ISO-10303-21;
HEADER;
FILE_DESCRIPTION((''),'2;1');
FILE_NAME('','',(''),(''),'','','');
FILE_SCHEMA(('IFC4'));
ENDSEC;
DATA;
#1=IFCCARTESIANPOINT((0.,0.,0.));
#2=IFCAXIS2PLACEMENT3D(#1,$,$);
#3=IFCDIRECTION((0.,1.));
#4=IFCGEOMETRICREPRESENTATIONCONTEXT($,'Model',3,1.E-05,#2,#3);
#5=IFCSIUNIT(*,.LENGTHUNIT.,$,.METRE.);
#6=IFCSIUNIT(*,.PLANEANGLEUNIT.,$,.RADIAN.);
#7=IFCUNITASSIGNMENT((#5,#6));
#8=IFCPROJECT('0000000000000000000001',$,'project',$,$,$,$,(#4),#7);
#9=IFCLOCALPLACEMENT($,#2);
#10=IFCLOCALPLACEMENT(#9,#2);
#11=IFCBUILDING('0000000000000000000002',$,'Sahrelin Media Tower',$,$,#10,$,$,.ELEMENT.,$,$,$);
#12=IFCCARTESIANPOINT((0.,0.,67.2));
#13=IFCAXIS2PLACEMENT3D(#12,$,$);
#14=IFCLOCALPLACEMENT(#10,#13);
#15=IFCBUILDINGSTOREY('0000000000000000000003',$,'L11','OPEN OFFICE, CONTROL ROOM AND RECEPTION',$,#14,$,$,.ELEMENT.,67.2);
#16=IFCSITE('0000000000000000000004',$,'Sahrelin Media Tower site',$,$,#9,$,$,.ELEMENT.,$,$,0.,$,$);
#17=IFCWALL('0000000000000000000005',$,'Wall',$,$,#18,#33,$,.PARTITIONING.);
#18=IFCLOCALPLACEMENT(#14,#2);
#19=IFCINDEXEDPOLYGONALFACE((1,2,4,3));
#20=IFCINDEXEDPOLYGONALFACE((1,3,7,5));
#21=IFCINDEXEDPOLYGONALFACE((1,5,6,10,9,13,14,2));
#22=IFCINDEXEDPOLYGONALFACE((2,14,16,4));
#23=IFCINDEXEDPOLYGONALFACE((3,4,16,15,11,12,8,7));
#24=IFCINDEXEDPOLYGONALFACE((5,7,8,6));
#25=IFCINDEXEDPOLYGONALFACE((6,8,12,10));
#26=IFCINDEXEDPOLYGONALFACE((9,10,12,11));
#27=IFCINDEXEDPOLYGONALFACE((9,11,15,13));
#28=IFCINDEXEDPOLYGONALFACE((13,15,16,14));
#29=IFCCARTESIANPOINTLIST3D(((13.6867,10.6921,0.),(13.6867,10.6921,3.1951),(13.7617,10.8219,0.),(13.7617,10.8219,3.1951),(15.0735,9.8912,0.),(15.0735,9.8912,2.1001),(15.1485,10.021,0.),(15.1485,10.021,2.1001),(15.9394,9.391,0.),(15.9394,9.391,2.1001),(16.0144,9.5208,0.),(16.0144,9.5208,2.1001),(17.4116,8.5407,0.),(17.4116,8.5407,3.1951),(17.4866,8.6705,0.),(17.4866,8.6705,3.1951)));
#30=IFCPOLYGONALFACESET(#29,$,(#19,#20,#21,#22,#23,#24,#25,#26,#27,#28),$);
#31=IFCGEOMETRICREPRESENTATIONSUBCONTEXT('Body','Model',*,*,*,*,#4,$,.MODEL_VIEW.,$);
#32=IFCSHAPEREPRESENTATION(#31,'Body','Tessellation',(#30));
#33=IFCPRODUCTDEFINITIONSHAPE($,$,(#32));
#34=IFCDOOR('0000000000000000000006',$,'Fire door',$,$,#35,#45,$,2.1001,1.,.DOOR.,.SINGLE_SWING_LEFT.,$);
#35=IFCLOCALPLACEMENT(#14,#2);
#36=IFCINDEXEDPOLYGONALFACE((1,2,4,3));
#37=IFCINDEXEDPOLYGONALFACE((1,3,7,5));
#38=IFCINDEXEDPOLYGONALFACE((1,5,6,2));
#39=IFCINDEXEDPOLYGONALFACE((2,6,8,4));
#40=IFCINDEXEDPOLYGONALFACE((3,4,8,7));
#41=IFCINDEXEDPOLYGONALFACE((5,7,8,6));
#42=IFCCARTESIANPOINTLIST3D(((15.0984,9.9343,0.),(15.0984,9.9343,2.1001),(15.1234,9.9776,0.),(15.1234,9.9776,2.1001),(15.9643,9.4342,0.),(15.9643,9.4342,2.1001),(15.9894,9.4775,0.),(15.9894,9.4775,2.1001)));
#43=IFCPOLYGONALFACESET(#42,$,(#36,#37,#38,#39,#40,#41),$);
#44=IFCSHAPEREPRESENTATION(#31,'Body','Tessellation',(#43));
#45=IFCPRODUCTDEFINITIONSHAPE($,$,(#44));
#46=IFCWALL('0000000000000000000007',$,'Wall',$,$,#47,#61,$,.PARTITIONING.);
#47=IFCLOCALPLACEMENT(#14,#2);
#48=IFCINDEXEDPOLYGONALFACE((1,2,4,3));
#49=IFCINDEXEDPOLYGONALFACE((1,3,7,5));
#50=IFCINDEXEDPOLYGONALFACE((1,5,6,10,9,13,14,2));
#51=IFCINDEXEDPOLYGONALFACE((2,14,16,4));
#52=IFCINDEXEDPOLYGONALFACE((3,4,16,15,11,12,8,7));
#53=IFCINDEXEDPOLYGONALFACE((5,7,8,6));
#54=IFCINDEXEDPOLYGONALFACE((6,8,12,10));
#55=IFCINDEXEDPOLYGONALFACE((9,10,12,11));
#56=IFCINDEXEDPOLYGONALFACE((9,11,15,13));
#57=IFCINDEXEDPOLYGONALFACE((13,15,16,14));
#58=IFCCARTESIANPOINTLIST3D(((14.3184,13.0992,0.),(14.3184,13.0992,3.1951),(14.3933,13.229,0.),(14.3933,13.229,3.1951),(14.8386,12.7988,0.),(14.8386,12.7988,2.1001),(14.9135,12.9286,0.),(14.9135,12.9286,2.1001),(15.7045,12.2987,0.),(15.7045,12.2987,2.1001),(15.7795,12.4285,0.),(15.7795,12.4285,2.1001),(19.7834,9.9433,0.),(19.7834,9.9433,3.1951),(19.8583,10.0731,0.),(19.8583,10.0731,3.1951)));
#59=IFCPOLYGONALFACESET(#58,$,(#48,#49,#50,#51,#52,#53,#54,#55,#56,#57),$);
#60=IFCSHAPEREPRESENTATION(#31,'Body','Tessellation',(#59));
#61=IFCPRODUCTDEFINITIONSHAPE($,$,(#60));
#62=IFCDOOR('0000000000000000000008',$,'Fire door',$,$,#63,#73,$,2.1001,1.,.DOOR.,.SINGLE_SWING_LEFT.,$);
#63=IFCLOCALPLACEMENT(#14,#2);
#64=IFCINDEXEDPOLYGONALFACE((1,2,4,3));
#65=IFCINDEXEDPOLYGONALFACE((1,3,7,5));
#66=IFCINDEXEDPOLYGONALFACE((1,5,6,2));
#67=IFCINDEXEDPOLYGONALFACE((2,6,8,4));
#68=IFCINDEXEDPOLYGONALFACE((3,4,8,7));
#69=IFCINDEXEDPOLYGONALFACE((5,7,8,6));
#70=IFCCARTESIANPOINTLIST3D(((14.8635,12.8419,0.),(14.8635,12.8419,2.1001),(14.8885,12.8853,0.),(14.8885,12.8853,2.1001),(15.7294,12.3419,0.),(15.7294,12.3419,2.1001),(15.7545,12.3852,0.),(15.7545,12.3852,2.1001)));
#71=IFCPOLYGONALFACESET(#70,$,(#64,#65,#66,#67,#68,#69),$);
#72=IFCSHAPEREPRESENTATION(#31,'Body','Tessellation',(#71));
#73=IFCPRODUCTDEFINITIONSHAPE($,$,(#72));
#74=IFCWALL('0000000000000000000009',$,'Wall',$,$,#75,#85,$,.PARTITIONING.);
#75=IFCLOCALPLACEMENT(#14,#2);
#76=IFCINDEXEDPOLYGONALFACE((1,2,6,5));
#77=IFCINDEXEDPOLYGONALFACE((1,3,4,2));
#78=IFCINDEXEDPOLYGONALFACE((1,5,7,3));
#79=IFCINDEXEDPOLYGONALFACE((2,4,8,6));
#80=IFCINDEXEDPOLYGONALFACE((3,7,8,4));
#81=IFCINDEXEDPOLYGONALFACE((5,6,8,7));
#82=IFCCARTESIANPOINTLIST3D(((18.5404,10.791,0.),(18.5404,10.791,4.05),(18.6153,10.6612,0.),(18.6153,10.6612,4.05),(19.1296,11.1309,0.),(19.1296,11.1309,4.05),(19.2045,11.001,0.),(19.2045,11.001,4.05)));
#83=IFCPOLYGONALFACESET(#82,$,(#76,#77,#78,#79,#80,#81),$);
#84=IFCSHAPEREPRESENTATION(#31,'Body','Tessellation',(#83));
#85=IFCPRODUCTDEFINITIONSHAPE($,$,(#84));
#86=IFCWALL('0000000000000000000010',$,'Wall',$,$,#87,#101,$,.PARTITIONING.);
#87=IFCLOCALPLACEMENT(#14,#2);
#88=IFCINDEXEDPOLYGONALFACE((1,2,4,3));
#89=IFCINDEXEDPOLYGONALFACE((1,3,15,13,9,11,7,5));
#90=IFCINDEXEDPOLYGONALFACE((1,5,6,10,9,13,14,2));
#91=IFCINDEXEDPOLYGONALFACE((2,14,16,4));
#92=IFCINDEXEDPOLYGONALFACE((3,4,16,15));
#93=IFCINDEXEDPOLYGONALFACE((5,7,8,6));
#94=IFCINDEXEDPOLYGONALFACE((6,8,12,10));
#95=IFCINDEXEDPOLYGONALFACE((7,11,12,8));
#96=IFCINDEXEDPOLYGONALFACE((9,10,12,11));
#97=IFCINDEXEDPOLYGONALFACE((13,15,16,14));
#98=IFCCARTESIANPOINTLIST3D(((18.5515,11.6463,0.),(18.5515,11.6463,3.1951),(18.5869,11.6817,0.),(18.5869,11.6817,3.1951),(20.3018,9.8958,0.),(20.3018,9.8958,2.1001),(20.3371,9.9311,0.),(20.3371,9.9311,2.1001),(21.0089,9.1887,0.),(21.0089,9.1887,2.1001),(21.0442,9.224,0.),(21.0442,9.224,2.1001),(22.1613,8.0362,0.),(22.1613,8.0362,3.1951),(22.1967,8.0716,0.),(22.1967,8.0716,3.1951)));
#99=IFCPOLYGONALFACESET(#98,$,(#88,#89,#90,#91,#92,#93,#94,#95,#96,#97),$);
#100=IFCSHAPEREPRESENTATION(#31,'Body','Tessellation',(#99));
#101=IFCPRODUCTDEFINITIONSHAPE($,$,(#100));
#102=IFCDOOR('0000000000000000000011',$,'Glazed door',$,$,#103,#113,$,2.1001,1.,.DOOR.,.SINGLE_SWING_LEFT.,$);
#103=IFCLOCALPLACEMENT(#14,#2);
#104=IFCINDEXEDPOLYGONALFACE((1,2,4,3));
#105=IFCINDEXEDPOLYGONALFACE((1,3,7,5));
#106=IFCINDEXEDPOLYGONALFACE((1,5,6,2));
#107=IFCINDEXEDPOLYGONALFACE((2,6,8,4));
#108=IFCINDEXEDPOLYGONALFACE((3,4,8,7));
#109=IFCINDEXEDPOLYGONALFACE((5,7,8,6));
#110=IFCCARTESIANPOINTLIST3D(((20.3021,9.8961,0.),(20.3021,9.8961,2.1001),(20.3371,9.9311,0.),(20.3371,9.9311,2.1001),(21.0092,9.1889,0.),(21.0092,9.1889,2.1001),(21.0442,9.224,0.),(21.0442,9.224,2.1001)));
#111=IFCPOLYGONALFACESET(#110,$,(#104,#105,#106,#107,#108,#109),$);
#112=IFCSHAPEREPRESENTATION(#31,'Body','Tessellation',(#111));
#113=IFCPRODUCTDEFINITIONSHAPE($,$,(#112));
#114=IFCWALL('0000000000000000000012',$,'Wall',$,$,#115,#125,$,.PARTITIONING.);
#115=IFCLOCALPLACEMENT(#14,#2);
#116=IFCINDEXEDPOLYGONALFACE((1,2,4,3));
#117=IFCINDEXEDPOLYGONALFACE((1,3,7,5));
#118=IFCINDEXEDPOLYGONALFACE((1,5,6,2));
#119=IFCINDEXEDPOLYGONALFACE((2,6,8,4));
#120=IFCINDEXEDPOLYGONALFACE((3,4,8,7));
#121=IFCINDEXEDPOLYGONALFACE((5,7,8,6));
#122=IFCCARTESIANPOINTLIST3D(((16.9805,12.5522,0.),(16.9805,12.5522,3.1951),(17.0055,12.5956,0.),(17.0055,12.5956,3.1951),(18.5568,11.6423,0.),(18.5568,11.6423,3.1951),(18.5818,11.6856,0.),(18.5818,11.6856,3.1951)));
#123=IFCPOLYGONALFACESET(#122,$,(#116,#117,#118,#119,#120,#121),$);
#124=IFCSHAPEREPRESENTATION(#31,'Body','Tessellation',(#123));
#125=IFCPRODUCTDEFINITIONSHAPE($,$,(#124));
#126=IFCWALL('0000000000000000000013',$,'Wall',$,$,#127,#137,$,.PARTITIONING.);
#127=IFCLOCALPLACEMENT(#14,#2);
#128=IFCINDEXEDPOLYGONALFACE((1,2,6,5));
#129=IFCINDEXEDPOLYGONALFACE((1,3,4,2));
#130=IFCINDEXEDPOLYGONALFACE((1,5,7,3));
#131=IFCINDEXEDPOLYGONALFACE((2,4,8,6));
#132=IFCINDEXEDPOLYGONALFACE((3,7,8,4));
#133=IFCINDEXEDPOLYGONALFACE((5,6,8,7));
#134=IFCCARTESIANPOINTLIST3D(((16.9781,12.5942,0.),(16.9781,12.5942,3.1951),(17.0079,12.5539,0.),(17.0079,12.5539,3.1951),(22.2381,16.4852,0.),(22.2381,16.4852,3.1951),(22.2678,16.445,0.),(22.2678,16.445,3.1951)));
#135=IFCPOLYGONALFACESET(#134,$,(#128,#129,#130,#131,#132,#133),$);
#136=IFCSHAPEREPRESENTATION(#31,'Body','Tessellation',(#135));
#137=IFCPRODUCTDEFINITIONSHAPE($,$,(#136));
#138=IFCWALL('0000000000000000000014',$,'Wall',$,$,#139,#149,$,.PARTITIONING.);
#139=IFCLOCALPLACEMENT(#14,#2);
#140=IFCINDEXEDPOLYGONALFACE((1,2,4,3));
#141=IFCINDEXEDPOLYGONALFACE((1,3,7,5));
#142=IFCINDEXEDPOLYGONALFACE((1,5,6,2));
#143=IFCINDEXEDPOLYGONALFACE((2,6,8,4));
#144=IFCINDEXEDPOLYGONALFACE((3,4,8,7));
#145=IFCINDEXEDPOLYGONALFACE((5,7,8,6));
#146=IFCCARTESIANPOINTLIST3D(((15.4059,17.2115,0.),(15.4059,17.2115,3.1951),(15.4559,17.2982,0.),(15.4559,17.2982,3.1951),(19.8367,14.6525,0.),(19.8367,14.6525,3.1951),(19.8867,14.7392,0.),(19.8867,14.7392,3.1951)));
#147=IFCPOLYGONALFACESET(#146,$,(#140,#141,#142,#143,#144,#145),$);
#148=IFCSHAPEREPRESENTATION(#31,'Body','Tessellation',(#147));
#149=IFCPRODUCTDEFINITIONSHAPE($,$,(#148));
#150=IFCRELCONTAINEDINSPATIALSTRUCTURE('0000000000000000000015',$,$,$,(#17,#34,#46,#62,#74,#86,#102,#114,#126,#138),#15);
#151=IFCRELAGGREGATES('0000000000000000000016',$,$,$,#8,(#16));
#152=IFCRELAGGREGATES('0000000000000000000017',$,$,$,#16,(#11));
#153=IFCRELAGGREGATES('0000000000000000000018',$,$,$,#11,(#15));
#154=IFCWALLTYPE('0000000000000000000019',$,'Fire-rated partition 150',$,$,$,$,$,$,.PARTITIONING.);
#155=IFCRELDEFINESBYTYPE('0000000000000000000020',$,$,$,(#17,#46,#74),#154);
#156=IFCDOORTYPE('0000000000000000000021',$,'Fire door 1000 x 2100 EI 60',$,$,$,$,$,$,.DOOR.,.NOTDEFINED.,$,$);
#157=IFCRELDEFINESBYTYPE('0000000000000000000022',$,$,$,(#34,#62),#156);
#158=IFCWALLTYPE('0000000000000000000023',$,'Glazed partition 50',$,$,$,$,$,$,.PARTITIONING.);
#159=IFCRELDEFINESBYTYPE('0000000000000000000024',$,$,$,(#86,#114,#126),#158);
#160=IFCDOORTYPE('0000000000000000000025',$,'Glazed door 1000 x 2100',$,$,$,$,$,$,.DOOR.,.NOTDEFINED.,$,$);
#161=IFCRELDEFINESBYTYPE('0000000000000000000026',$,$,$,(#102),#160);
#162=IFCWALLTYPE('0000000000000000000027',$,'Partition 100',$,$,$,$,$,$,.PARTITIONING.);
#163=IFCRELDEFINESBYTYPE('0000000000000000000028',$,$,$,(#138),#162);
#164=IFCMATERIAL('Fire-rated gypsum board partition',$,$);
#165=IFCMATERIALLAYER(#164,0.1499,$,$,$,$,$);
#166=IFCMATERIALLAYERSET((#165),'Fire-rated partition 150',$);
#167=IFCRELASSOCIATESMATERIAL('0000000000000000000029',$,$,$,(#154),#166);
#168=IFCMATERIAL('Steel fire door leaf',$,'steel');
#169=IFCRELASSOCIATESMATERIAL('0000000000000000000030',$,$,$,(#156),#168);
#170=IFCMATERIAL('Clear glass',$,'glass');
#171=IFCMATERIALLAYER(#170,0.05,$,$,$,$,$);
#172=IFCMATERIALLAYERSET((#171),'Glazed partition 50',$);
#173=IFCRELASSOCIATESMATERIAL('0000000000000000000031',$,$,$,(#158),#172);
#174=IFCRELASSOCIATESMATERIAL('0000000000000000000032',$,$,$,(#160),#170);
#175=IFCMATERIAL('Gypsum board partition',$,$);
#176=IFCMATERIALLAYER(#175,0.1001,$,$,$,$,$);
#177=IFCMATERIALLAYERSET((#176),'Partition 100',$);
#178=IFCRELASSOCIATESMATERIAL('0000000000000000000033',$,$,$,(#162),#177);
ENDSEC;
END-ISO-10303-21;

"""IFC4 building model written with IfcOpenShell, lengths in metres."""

from ifc_helpers import new_model, si_unit, direction, frame, frame_2d, origin, place, context, subcontext, project, spatial, rectangle, extrude, material, layer, layer_set, type_object, element, fill, save


model = new_model("IFC4")

# Units and contexts
model_context = context("Model", 3, precision=1e-05, world=origin(), true_north=direction((0.0, 1.0)))
body_context = subcontext(model_context, "Body", "Model", "MODEL_VIEW")
ifc_project = project(units=[si_unit("LENGTHUNIT", "METRE"), si_unit("PLANEANGLEUNIT", "RADIAN")], contexts=[model_context])

# Site, building, storey
site_placement = place(None, origin())
site = spatial("IfcSite", under=ifc_project, at=site_placement, Name="Sahrelin Media Tower site", CompositionType="ELEMENT", RefElevation=0.0)
building_placement = place(site_placement, origin())
building = spatial("IfcBuilding", under=site, at=building_placement, Name="Sahrelin Media Tower", CompositionType="ELEMENT")
storey_placement = place(building_placement, frame((0.0, 0.0, 67.2)))
storey = spatial("IfcBuildingStorey", under=building, at=storey_placement, Name="L11", Description="OPEN OFFICE, CONTROL ROOM AND RECEPTION", CompositionType="ELEMENT", Elevation=67.2)

# Walls, openings, doors
ifc_material_1 = material(Name="Fire-rated gypsum board partition")
ifc_layer_1 = layer(ifc_material_1, 0.1499)
ifc_layer_set_1 = layer_set([ifc_layer_1], Name="Fire-rated partition 150")
wall_type_1 = type_object("IfcWallType", Name="Fire-rated partition 150", PredefinedType="PARTITIONING", material=ifc_layer_set_1)
wall_1_placement = place(storey_placement, frame((13.7241, 10.7571, 0.0), z_axis=(0.0, 0.0, 1.0), x_axis=(0.865943, -0.500143, 0.0)))
wall_1 = element("IfcWall", 1, at=wall_1_placement, inside=storey, type_object=wall_type_1, Name="Wall", PredefinedType="PARTITIONING", context=body_context, shape_type="SweptSolid", body=[
    extrude(rectangle(XDim=4.3015, YDim=0.1499, at=frame_2d((2.1509, 0.0))), origin(), (0.0, 0.0, 1.0), 3.1951),
])
opening_1_placement = place(wall_1_placement, frame((1.6016, 0.0, 0.0)))
opening_1 = element("IfcOpeningElement", 2, at=opening_1_placement, cuts=wall_1, PredefinedType="OPENING", context=body_context, shape_type="SweptSolid", body=[
    extrude(rectangle(XDim=1.0, YDim=2.1001, at=frame_2d((0.5, 1.05))), frame((0.0, 0.075, 0.0), z_axis=(0.0, -1.0, 0.0), x_axis=(1.0, 0.0, 0.0)), (0.0, 0.0, 1.0), 0.1499),
])
ifc_material_2 = material(Name="Steel fire door leaf", Category="steel")
door_type_1 = type_object("IfcDoorType", Name="Fire door 1000 x 2100 EI 60", OperationType="NOTDEFINED", PredefinedType="DOOR", material=ifc_material_2)
door_1_placement = place(opening_1_placement, origin())
door_1 = element("IfcDoor", 3, at=door_1_placement, inside=storey, type_object=door_type_1, Name="Fire door", OperationType="SINGLE_SWING_LEFT", OverallHeight=2.1001, OverallWidth=1.0, PredefinedType="DOOR", context=body_context, shape_type="SweptSolid", body=[
    extrude(rectangle(XDim=1.0, YDim=2.1001, at=frame_2d((0.5, 1.05))), frame((0.0, 0.0249, 0.0), z_axis=(0.0, -1.0, 0.0), x_axis=(1.0, 0.0, 0.0)), (0.0, 0.0, 1.0), 0.05),
])
fill(opening_1, door_1)
wall_2_placement = place(storey_placement, frame((14.356, 13.1641, 0.0), z_axis=(0.0, 0.0, 1.0), x_axis=(0.865975, -0.500087, 0.0)))
wall_2 = element("IfcWall", 4, at=wall_2_placement, inside=storey, type_object=wall_type_1, Name="Wall", PredefinedType="PARTITIONING", context=body_context, shape_type="SweptSolid", body=[
    extrude(rectangle(XDim=6.3108, YDim=0.1499, at=frame_2d((3.1553, 0.0))), origin(), (0.0, 0.0, 1.0), 3.1951),
])
opening_2_placement = place(wall_2_placement, frame((0.6006, 0.0, 0.0)))
opening_2 = element("IfcOpeningElement", 5, at=opening_2_placement, cuts=wall_2, PredefinedType="OPENING", context=body_context, shape_type="SweptSolid", body=[
    extrude(rectangle(XDim=1.0, YDim=2.1001, at=frame_2d((0.5, 1.05))), frame((0.0, 0.075, 0.0), z_axis=(0.0, -1.0, 0.0), x_axis=(1.0, 0.0, 0.0)), (0.0, 0.0, 1.0), 0.1499),
])
door_2_placement = place(opening_2_placement, origin())
door_2 = element("IfcDoor", 6, at=door_2_placement, inside=storey, type_object=door_type_1, Name="Fire door", OperationType="SINGLE_SWING_LEFT", OverallHeight=2.1001, OverallWidth=1.0, PredefinedType="DOOR", context=body_context, shape_type="SweptSolid", body=[
    extrude(rectangle(XDim=1.0, YDim=2.1001, at=frame_2d((0.5, 1.05))), frame((0.0, 0.0249, 0.0), z_axis=(0.0, -1.0, 0.0), x_axis=(1.0, 0.0, 0.0)), (0.0, 0.0, 1.0), 0.05),
])
fill(opening_2, door_2)

# Wall
wall_3_placement = place(storey_placement, frame((18.5779, 10.7261, 0.0), z_axis=(0.0, 0.0, 1.0), x_axis=(0.866204, 0.499691, 0.0)))
element("IfcWall", 7, at=wall_3_placement, inside=storey, type_object=wall_type_1, Name="Wall", PredefinedType="PARTITIONING", context=body_context, shape_type="SweptSolid", body=[
    extrude(rectangle(XDim=0.6802, YDim=0.1499, at=frame_2d((0.3401, 0.0))), origin(), (0.0, 0.0, 1.0), 4.05),
])

# Wall, opening, door
ifc_material_3 = material(Name="Clear glass", Category="glass")
ifc_layer_2 = layer(ifc_material_3, 0.05)
ifc_layer_set_2 = layer_set([ifc_layer_2], Name="Glazed partition 50")
wall_type_2 = type_object("IfcWallType", Name="Glazed partition 50", PredefinedType="PARTITIONING", material=ifc_layer_set_2)
wall_4_placement = place(storey_placement, frame((18.5691, 11.6641, 0.0), z_axis=(0.0, 0.0, 1.0), x_axis=(0.707083, -0.707131, 0.0)))
wall_4 = element("IfcWall", 8, at=wall_4_placement, inside=storey, type_object=wall_type_2, Name="Wall", PredefinedType="PARTITIONING", context=body_context, shape_type="SweptSolid", body=[
    extrude(rectangle(XDim=5.1052, YDim=0.05, at=frame_2d((2.5527, 0.0))), origin(), (0.0, 0.0, 1.0), 3.1951),
])
opening_3_placement = place(wall_4_placement, frame((2.4756, 0.0, 0.0)))
opening_3 = element("IfcOpeningElement", 9, at=opening_3_placement, cuts=wall_4, PredefinedType="OPENING", context=body_context, shape_type="SweptSolid", body=[
    extrude(rectangle(XDim=1.0, YDim=2.1001, at=frame_2d((0.5, 1.05))), frame((0.0, 0.0249, 0.0), z_axis=(0.0, -1.0, 0.0), x_axis=(1.0, 0.0, 0.0)), (0.0, 0.0, 1.0), 0.05),
])
door_type_2 = type_object("IfcDoorType", Name="Glazed door 1000 x 2100", OperationType="NOTDEFINED", PredefinedType="DOOR", material=ifc_material_3)
door_3_placement = place(opening_3_placement, origin())
door_3 = element("IfcDoor", 10, at=door_3_placement, inside=storey, type_object=door_type_2, Name="Glazed door", OperationType="SINGLE_SWING_LEFT", OverallHeight=2.1001, OverallWidth=1.0, PredefinedType="DOOR", context=body_context, shape_type="SweptSolid", body=[
    extrude(rectangle(XDim=1.0, YDim=2.1001, at=frame_2d((0.5, 1.05))), frame((0.0, 0.0249, 0.0), z_axis=(0.0, -1.0, 0.0), x_axis=(1.0, 0.0, 0.0)), (0.0, 0.0, 1.0), 0.0496),
])
fill(opening_3, door_3)

# Walls
wall_5_placement = place(storey_placement, frame((16.9929, 12.574, 0.0), z_axis=(0.0, 0.0, 1.0), x_axis=(0.866047, -0.499962, 0.0)))
element("IfcWall", 11, at=wall_5_placement, inside=storey, type_object=wall_type_2, Name="Wall", PredefinedType="PARTITIONING", context=body_context, shape_type="SweptSolid", body=[
    extrude(rectangle(XDim=1.8201, YDim=0.05, at=frame_2d((0.9102, 0.0))), origin(), (0.0, 0.0, 1.0), 3.1951),
])
wall_6_placement = place(storey_placement, frame((16.9929, 12.574, 0.0), z_axis=(0.0, 0.0, 1.0), x_axis=(0.803936, 0.594715, 0.0)))
element("IfcWall", 12, at=wall_6_placement, inside=storey, type_object=wall_type_2, Name="Wall", PredefinedType="PARTITIONING", context=body_context, shape_type="SweptSolid", body=[
    extrude(rectangle(XDim=6.5427, YDim=0.05, at=frame_2d((3.2715, 0.0))), origin(), (0.0, 0.0, 1.0), 3.1951),
])
ifc_material_4 = material(Name="Gypsum board partition")
ifc_layer_3 = layer(ifc_material_4, 0.1001)
ifc_layer_set_3 = layer_set([ifc_layer_3], Name="Partition 100")
wall_type_3 = type_object("IfcWallType", Name="Partition 100", PredefinedType="PARTITIONING", material=ifc_layer_set_3)
wall_7_placement = place(storey_placement, frame((15.4309, 17.2549, 0.0), z_axis=(0.0, 0.0, 1.0), x_axis=(0.86595, -0.500131, 0.0)))
element("IfcWall", 13, at=wall_7_placement, inside=storey, type_object=wall_type_3, Name="Wall", PredefinedType="PARTITIONING", context=body_context, shape_type="SweptSolid", body=[
    extrude(rectangle(XDim=5.1167, YDim=0.1001, at=frame_2d((2.5583, 0.0))), origin(), (0.0, 0.0, 1.0), 3.1951),
])

save(model, "model.ifc")
